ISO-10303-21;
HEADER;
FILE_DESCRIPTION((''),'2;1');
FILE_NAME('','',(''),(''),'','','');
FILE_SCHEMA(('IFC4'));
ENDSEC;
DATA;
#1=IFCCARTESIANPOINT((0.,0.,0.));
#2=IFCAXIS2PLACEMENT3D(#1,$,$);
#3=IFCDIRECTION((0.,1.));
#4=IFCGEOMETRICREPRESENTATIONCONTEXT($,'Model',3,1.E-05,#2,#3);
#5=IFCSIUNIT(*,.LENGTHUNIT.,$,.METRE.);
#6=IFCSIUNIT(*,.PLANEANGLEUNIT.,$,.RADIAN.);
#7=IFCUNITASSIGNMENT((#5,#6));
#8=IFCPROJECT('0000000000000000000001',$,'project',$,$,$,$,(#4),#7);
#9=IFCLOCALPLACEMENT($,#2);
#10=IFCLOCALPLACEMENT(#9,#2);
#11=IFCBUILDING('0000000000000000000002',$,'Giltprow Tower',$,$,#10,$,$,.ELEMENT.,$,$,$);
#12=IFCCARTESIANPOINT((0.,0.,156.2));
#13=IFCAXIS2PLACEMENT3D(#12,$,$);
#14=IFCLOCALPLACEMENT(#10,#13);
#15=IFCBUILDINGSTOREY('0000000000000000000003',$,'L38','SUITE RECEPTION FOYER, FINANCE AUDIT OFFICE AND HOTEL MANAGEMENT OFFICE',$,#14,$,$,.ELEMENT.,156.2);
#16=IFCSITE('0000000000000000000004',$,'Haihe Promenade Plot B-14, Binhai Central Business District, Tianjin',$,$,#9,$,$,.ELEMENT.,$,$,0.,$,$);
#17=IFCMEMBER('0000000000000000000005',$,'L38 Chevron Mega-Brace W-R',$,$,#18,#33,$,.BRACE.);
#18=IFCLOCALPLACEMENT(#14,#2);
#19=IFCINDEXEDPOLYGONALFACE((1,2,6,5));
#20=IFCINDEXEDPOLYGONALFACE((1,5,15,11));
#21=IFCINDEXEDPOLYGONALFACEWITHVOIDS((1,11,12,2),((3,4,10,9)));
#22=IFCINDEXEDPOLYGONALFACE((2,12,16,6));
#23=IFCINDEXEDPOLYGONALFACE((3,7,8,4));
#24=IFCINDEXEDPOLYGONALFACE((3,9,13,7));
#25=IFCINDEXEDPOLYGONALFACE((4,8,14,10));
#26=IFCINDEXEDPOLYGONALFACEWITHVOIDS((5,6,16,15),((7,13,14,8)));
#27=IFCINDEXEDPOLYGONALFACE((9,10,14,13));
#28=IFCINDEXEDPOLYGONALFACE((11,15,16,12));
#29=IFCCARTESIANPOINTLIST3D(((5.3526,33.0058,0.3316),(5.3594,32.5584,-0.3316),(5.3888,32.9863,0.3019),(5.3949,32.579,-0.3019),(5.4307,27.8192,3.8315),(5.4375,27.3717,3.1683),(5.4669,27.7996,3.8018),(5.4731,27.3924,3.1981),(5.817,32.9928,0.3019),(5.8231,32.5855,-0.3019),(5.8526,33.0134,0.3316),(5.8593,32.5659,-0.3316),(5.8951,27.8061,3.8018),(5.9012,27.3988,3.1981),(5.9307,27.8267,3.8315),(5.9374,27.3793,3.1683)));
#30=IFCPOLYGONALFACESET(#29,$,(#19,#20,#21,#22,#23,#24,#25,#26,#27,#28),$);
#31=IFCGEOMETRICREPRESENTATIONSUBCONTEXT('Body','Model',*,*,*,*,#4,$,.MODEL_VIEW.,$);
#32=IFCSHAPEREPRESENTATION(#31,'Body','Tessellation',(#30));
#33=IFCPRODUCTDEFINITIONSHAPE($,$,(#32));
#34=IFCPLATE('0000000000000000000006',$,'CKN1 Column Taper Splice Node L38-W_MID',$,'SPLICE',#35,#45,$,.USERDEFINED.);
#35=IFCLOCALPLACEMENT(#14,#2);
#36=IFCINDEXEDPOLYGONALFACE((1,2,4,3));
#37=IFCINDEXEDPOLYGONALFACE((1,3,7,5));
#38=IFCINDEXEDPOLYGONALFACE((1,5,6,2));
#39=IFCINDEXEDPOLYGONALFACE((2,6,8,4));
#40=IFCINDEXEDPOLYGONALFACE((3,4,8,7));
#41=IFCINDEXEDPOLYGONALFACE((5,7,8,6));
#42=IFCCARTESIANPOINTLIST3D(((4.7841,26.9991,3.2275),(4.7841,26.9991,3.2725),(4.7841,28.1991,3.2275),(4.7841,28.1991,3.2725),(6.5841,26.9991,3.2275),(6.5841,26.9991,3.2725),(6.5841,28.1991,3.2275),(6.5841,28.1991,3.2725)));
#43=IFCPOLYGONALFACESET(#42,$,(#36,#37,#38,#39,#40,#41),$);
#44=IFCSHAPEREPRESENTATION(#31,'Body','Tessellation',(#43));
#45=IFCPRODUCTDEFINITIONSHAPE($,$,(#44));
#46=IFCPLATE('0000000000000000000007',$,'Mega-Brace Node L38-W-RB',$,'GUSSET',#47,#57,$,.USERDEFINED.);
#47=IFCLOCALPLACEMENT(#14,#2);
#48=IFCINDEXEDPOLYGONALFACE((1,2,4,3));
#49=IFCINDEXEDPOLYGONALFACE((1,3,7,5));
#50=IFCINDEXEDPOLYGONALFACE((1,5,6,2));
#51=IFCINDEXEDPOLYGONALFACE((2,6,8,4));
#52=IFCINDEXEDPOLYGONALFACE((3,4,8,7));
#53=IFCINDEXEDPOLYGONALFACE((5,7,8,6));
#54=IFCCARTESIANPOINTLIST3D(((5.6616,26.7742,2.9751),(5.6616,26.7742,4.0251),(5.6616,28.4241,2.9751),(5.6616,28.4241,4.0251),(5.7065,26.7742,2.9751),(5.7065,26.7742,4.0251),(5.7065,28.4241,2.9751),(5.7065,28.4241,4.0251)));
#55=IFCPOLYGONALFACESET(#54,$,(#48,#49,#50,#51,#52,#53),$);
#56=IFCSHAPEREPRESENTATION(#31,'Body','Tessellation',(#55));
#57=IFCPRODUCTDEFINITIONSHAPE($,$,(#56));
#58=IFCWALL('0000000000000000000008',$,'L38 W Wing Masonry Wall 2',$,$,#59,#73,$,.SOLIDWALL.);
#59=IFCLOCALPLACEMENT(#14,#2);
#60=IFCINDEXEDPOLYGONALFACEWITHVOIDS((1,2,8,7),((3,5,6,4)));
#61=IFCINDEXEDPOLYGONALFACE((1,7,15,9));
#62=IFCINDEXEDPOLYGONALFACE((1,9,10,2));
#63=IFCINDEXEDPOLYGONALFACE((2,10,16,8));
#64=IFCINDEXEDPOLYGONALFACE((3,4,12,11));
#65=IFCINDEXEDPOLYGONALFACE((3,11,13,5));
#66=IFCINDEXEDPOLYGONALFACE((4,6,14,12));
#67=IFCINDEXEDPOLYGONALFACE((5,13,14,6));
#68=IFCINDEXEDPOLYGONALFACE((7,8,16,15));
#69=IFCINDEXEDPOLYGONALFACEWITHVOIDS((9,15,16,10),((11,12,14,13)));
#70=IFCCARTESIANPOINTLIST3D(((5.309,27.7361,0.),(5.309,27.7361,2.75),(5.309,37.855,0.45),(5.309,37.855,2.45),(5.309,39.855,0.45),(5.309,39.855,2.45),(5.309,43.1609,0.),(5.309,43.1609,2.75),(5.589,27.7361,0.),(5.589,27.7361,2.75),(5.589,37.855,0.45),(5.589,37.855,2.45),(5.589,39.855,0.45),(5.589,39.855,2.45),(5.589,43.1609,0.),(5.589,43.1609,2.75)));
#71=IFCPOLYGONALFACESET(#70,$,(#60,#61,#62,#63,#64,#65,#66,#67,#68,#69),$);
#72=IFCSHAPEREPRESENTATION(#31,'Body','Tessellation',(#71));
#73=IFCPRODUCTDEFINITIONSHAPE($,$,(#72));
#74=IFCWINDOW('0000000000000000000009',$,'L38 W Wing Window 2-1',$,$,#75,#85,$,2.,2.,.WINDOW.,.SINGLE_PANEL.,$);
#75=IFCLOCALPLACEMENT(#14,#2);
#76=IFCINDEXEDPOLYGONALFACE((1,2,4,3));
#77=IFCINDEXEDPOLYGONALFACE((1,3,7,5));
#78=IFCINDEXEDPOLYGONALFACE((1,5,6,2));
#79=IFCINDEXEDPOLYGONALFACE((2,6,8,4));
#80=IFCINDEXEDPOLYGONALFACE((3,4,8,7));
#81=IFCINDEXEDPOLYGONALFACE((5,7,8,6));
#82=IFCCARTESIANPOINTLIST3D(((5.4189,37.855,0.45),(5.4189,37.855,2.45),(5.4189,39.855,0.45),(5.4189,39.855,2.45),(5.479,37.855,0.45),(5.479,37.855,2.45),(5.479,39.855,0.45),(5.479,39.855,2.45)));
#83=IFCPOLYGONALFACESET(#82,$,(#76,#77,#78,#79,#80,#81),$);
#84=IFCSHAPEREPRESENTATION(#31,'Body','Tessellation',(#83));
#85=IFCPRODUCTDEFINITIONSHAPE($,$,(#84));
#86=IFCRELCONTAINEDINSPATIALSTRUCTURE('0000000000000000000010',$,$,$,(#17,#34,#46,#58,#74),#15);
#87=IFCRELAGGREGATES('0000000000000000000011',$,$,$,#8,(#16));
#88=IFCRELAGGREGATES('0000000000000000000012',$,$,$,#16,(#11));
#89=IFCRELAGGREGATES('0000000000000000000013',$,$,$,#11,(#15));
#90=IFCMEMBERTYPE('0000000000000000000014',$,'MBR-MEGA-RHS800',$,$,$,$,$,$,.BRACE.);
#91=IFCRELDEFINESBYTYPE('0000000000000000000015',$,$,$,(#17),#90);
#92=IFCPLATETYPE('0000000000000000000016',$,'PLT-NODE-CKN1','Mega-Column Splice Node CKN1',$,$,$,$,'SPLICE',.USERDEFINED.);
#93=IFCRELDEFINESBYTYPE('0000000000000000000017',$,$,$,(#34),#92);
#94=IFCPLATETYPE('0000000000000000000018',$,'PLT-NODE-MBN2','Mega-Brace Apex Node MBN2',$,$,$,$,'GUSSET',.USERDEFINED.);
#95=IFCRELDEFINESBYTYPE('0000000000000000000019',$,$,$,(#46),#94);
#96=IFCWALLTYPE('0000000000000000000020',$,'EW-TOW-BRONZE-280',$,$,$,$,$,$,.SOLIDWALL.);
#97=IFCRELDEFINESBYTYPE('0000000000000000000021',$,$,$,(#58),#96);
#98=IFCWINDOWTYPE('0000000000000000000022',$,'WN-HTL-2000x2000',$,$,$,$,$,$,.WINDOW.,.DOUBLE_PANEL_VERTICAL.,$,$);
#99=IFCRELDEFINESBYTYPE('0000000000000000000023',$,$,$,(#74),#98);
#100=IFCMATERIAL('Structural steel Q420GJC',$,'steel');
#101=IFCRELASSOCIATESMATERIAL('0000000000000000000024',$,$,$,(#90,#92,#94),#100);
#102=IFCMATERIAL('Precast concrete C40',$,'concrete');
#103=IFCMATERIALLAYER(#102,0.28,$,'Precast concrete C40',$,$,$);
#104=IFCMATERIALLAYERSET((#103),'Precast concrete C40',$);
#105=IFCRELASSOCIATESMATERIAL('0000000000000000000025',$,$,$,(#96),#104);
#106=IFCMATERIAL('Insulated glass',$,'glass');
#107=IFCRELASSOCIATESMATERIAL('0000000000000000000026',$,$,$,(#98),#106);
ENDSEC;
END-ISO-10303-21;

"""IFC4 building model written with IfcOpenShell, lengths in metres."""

from ifc_helpers import new_model, si_unit, direction, frame, frame_2d, origin, origin_2d, place, context, subcontext, project, spatial, rectangle, hollow_rectangle, extrude, source, transform, mapped, material, layer, layer_set, material_profile, profile_set, type_object, element, fill, save


model = new_model("IFC4")

# Units and contexts
model_context = context("Model", 3, precision=1e-05, world=origin(), true_north=direction((0.0, 1.0)))
body_context = subcontext(model_context, "Body", "Model", "MODEL_VIEW")
ifc_project = project(units=[si_unit("LENGTHUNIT", "METRE"), si_unit("PLANEANGLEUNIT", "RADIAN")], contexts=[model_context])

# Site, building, storey
site_placement = place(None, origin())
site = spatial("IfcSite", under=ifc_project, at=site_placement, Name="Haihe Promenade Plot B-14, Binhai Central Business District, Tianjin", CompositionType="ELEMENT", RefElevation=0.0)
building_placement = place(site_placement, origin())
building = spatial("IfcBuilding", under=site, at=building_placement, Name="Giltprow Tower", CompositionType="ELEMENT")
storey_placement = place(building_placement, frame((0.0, 0.0, 156.2)))
storey = spatial("IfcBuildingStorey", under=building, at=storey_placement, Name="L38", Description="SUITE RECEPTION FOYER, FINANCE AUDIT OFFICE AND HOTEL MANAGEMENT OFFICE", CompositionType="ELEMENT", Elevation=156.2)

# Shared definitions
ifc_material_1 = material(Name="Structural steel Q420GJC", Category="steel")

# Member
ifc_material_profile_1 = material_profile(ifc_material_1, hollow_rectangle(XDim=0.5, YDim=0.8, WallThickness=0.0359, at=origin_2d()), Name="RHS 800x500x36")
ifc_profile_set_1 = profile_set([ifc_material_profile_1], Name="Structural steel Q420GJC")
member_type = type_object("IfcMemberType", Name="MBR-MEGA-RHS800", PredefinedType="BRACE", material=ifc_profile_set_1)
shared_shape_1 = source(origin(), body_context, "Body", "SweptSolid", [
    extrude(hollow_rectangle(XDim=0.5, YDim=0.8, WallThickness=0.0359, at=origin_2d()), origin(), (0.0, 0.0, 1.0), 6.2576),
])
member_placement = place(storey_placement, frame((5.606, 32.7859, 0.0), z_axis=(0.012485, -0.828863, 0.559312), x_axis=(0.999887, 0.015061, 0.0)))
element("IfcMember", 1, at=member_placement, inside=storey, type_object=member_type, Name="L38 Chevron Mega-Brace W-R", PredefinedType="BRACE", context=body_context, shape_type="MappedRepresentation", body=[
    mapped(shared_shape_1, transform((0.0, 0.0, 0.0), x_axis=(1.0, 0.0, 0.0), y_axis=(0.0, 1.0, 0.0), z_axis=(0.0, 0.0, 1.0), scale=1.0)),
])

# Plates
plate_type_1 = type_object("IfcPlateType", Name="PLT-NODE-CKN1", Description="Mega-Column Splice Node CKN1", ElementType="SPLICE", PredefinedType="USERDEFINED", material=ifc_material_1)
shared_shape_2 = source(origin(), body_context, "Body", "SweptSolid", [
    extrude(rectangle(XDim=1.8, YDim=1.2, at=origin_2d()), origin(), (0.0, 0.0, 1.0), 0.0449),
])
plate_1_placement = place(storey_placement, frame((5.6841, 27.5991, 3.2275), z_axis=(0.0, 0.0, 1.0), x_axis=(1.0, 0.0, 0.0)))
element("IfcPlate", 2, at=plate_1_placement, inside=storey, type_object=plate_type_1, Name="CKN1 Column Taper Splice Node L38-W_MID", ObjectType="SPLICE", PredefinedType="USERDEFINED", context=body_context, shape_type="MappedRepresentation", body=[
    mapped(shared_shape_2, transform((0.0, 0.0, 0.0), x_axis=(1.0, 0.0, 0.0), y_axis=(0.0, 1.0, 0.0), z_axis=(0.0, 0.0, 1.0), scale=1.0)),
])
plate_type_2 = type_object("IfcPlateType", Name="PLT-NODE-MBN2", Description="Mega-Brace Apex Node MBN2", ElementType="GUSSET", PredefinedType="USERDEFINED", material=ifc_material_1)
shared_shape_3 = source(origin(), body_context, "Body", "SweptSolid", [
    extrude(rectangle(XDim=1.6499, YDim=0.0449, at=origin_2d()), origin(), (0.0, 0.0, 1.0), 1.05),
])
plate_2_placement = place(storey_placement, frame((5.6841, 27.5991, 2.9751), z_axis=(0.0, 0.0, 1.0), x_axis=(0.0, 1.0, 0.0)))
element("IfcPlate", 3, at=plate_2_placement, inside=storey, type_object=plate_type_2, Name="Mega-Brace Node L38-W-RB", ObjectType="GUSSET", PredefinedType="USERDEFINED", context=body_context, shape_type="MappedRepresentation", body=[
    mapped(shared_shape_3, transform((0.0, 0.0, 0.0), x_axis=(1.0, 0.0, 0.0), y_axis=(0.0, 1.0, 0.0), z_axis=(0.0, 0.0, 1.0), scale=1.0)),
])

# Wall, opening, window
ifc_material_2 = material(Name="Precast concrete C40", Category="concrete")
ifc_layer_1 = layer(ifc_material_2, 0.28, Name="Precast concrete C40")
ifc_layer_set_1 = layer_set([ifc_layer_1], Name="Precast concrete C40")
wall_type_1 = type_object("IfcWallType", Name="EW-TOW-BRONZE-280", PredefinedType="SOLIDWALL", material=ifc_layer_set_1)
wall_1_placement = place(storey_placement, frame((5.449, 27.7361, 0.0), z_axis=(0.0, 0.0, 1.0), x_axis=(0.0, 1.0, 0.0)))
wall_1 = element("IfcWall", 4, at=wall_1_placement, inside=storey, type_object=wall_type_1, Name="L38 W Wing Masonry Wall 2", PredefinedType="SOLIDWALL", context=body_context, shape_type="SweptSolid", body=[
    extrude(rectangle(XDim=15.4248, YDim=0.28, at=frame_2d((7.7124, 0.0))), origin(), (0.0, 0.0, 1.0), 2.75),
])
opening_1_placement = place(wall_1_placement, frame((10.1189, 0.0, 0.45)))
opening_1 = element("IfcOpeningElement", 5, at=opening_1_placement, cuts=wall_1, PredefinedType="OPENING", context=body_context, shape_type="SweptSolid", body=[
    extrude(rectangle(XDim=2.0, YDim=2.0, at=frame_2d((1.0, 1.0))), frame((0.0, 0.1499, 0.0), z_axis=(0.0, -1.0, 0.0), x_axis=(1.0, 0.0, 0.0)), (0.0, 0.0, 1.0), 0.3),
])
ifc_material_3 = material(Name="Insulated glass", Category="glass")
window_type = type_object("IfcWindowType", Name="WN-HTL-2000x2000", PartitioningType="DOUBLE_PANEL_VERTICAL", PredefinedType="WINDOW", material=ifc_material_3)
shared_shape_4 = source(origin(), body_context, "Body", "SweptSolid", [
    extrude(rectangle(XDim=2.0, YDim=2.0, at=frame_2d((1.0, 1.0))), frame((0.0, 0.03, 0.0), z_axis=(0.0, -1.0, 0.0), x_axis=(1.0, 0.0, 0.0)), (0.0, 0.0, 1.0), 0.0601),
])
window_placement = place(opening_1_placement, origin())
window = element("IfcWindow", 6, at=window_placement, inside=storey, type_object=window_type, Name="L38 W Wing Window 2-1", OverallHeight=2.0, OverallWidth=2.0, PartitioningType="SINGLE_PANEL", PredefinedType="WINDOW", context=body_context, shape_type="MappedRepresentation", body=[
    mapped(shared_shape_4, transform((0.0, 0.0, 0.0), x_axis=(1.0, 0.0, 0.0), y_axis=(0.0, 1.0, 0.0), z_axis=(0.0, 0.0, 1.0), scale=1.0)),
])
fill(opening_1, window)

save(model, "model.ifc")
